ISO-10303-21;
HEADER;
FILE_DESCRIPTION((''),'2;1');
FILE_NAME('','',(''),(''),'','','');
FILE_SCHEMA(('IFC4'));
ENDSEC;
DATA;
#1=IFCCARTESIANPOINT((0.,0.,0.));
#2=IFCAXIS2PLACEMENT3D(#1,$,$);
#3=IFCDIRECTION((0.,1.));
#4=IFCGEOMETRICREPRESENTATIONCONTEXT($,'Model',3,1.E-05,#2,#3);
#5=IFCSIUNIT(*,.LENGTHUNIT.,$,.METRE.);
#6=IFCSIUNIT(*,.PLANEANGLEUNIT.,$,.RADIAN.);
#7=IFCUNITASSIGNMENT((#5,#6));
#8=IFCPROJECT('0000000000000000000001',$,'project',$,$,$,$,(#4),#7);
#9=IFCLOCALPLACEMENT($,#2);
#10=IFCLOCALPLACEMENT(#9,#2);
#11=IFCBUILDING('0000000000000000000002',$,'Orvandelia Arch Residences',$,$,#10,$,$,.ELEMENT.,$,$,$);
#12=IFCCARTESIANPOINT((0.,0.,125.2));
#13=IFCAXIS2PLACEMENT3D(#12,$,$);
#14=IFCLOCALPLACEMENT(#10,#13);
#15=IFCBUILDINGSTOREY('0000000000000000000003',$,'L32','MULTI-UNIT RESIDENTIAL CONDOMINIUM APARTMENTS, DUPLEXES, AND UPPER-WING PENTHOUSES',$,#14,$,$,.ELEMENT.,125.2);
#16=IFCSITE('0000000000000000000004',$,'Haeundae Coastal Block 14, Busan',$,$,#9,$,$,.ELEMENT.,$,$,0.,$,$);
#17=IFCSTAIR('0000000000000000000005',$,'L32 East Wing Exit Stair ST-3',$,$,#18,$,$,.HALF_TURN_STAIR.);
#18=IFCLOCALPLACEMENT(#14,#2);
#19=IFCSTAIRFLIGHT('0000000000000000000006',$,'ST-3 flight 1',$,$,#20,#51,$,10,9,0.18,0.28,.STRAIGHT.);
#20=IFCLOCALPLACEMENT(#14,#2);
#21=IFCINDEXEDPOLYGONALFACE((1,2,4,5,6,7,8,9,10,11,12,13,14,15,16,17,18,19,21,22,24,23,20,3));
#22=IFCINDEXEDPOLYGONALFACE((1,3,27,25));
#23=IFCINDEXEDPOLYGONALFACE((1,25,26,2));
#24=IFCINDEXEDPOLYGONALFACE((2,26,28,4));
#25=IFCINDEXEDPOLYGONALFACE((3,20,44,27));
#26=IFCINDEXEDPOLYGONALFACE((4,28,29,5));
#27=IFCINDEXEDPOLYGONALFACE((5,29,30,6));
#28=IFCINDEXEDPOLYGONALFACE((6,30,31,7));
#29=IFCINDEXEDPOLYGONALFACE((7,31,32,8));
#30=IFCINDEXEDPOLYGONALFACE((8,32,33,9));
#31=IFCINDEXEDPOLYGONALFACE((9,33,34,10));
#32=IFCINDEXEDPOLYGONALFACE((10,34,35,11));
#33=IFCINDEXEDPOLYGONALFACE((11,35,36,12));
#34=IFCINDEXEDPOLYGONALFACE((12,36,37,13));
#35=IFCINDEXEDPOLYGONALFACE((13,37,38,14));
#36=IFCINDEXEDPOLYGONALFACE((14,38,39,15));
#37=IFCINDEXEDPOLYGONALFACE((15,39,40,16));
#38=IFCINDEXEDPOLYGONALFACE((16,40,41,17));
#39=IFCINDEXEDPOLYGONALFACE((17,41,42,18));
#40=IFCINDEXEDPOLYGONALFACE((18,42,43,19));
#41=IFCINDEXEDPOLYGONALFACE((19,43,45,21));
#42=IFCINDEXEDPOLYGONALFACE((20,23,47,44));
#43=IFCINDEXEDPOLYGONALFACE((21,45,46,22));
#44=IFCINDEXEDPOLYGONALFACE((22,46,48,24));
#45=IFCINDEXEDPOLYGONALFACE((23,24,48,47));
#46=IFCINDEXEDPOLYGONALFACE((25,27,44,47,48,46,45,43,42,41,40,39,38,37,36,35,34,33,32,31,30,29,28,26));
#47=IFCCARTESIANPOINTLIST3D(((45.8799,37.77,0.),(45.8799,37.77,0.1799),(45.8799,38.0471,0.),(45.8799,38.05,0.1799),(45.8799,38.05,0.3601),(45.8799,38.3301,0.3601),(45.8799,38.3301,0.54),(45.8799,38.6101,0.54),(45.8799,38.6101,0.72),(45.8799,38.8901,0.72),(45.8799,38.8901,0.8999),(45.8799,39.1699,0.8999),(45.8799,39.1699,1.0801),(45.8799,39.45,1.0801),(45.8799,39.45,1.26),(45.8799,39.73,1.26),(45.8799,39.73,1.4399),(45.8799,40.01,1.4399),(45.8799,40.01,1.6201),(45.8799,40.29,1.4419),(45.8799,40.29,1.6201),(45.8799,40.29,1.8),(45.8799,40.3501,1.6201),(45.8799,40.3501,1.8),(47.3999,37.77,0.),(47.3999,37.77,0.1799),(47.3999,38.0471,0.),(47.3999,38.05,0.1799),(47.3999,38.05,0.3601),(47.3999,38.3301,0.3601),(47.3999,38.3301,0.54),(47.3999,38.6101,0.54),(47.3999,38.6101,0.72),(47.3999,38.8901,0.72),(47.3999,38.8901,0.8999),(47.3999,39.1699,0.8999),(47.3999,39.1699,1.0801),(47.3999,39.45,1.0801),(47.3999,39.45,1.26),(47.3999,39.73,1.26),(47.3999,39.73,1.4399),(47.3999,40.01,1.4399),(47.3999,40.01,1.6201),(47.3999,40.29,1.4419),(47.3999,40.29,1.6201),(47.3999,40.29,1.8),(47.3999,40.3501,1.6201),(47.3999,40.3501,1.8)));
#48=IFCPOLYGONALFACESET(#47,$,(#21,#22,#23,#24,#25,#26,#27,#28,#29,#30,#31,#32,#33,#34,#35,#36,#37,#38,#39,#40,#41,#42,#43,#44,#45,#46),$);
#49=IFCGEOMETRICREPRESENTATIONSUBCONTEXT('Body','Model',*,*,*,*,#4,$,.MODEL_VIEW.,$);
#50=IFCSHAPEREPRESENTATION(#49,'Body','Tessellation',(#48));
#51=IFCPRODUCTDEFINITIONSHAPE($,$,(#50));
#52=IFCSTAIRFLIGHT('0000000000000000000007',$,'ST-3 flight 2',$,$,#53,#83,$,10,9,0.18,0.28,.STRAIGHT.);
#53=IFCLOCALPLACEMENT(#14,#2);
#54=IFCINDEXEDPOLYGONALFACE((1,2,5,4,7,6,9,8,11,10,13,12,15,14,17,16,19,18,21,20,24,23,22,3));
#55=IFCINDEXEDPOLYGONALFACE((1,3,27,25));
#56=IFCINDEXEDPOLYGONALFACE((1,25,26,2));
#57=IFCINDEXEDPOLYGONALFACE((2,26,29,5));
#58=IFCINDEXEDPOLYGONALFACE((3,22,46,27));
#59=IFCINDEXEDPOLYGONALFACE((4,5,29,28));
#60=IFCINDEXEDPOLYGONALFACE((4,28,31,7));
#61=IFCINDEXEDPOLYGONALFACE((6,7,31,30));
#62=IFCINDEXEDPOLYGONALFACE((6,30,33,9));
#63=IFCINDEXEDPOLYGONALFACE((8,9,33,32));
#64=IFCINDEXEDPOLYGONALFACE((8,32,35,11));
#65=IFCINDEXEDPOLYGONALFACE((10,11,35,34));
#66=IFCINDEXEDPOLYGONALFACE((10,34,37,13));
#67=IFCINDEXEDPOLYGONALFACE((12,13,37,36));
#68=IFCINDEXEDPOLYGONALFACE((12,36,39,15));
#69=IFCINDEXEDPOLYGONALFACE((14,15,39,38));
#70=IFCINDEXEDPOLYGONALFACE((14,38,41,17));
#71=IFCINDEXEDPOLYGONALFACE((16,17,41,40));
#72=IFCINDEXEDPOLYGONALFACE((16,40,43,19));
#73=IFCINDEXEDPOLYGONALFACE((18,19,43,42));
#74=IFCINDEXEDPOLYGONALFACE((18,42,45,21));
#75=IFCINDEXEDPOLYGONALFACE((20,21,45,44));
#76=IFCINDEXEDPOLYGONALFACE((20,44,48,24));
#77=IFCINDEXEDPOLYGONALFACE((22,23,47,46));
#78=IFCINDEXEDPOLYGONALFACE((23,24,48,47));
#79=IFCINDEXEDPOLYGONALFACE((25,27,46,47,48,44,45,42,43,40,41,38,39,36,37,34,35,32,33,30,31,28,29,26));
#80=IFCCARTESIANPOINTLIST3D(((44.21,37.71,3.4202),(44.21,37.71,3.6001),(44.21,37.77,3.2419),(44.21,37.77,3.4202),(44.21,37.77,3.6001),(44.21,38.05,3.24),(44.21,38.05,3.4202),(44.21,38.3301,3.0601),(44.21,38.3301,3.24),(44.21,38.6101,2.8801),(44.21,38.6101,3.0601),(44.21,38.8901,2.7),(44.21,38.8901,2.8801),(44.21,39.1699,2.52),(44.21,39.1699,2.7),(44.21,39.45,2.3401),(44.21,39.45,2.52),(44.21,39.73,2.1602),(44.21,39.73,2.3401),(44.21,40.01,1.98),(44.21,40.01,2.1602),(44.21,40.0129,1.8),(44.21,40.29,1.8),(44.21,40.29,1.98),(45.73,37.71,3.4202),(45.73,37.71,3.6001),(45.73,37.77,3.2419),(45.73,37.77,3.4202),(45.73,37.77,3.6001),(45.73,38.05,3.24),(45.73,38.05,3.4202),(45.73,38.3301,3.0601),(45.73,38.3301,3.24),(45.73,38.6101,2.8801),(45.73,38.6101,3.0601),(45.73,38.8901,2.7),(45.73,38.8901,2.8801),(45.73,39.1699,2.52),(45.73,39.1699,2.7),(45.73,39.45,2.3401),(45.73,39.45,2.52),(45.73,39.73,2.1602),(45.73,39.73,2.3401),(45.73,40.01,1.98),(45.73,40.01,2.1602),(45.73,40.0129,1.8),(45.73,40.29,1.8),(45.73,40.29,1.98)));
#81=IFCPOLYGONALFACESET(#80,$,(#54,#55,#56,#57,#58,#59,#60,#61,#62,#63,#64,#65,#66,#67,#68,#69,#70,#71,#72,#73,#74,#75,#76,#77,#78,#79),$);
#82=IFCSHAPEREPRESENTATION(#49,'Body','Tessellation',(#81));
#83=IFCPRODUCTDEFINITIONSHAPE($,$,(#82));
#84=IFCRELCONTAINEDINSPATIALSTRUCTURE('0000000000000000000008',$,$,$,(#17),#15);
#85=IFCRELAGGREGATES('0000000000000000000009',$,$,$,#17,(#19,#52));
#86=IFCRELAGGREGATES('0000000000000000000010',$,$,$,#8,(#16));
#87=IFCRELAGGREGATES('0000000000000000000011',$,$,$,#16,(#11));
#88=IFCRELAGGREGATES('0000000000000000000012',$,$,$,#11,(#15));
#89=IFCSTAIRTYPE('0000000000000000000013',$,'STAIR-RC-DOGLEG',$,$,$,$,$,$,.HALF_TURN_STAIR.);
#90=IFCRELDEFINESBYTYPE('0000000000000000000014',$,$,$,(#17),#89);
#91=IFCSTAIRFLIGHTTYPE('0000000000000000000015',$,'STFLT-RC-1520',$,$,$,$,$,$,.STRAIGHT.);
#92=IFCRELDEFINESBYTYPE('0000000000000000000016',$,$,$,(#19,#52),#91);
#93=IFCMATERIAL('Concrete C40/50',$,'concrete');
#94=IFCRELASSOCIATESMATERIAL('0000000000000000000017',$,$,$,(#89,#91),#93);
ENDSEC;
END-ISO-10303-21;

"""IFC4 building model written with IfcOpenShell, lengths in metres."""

from ifc_helpers import new_model, si_unit, direction, frame, origin, place, context, subcontext, project, spatial, polyline, outline, extrude, material, type_object, element, aggregate, save


model = new_model("IFC4")

# Units and contexts
model_context = context("Model", 3, precision=1e-05, world=origin(), true_north=direction((0.0, 1.0)))
body_context = subcontext(model_context, "Body", "Model", "MODEL_VIEW")
ifc_project = project(units=[si_unit("LENGTHUNIT", "METRE"), si_unit("PLANEANGLEUNIT", "RADIAN")], contexts=[model_context])

# Site, building, storey
site_placement = place(None, origin())
site = spatial("IfcSite", under=ifc_project, at=site_placement, Name="Haeundae Coastal Block 14, Busan", CompositionType="ELEMENT", RefElevation=0.0)
building_placement = place(site_placement, origin())
building = spatial("IfcBuilding", under=site, at=building_placement, Name="Orvandelia Arch Residences", CompositionType="ELEMENT")
storey_placement = place(building_placement, frame((0.0, 0.0, 125.2)))
storey = spatial("IfcBuildingStorey", under=building, at=storey_placement, Name="L32", Description="MULTI-UNIT RESIDENTIAL CONDOMINIUM APARTMENTS, DUPLEXES, AND UPPER-WING PENTHOUSES", CompositionType="ELEMENT", Elevation=125.2)

# Stair, stair flights
ifc_material_1 = material(Name="Concrete C40/50", Category="concrete")
stair_type = type_object("IfcStairType", Name="STAIR-RC-DOGLEG", PredefinedType="HALF_TURN_STAIR", material=ifc_material_1)
stair_placement = place(storey_placement, origin())
stair = element("IfcStair", 1, at=stair_placement, inside=storey, type_object=stair_type, Name="L32 East Wing Exit Stair ST-3", PredefinedType="HALF_TURN_STAIR")
stair_flight_type = type_object("IfcStairFlightType", Name="STFLT-RC-1520", PredefinedType="STRAIGHT", material=ifc_material_1)
stair_flight_1_placement = place(storey_placement, frame((46.6399, 37.77, 0.0), z_axis=(0.0, 0.0, 1.0), x_axis=(0.0, 1.0, 0.0)))
stair_flight_1 = element("IfcStairFlight", 2, at=stair_flight_1_placement, type_object=stair_flight_type, Name="ST-3 flight 1", NumberOfRisers=10, NumberOfTreads=9, PredefinedType="STRAIGHT", RiserHeight=0.18, TreadLength=0.28, context=body_context, shape_type="SweptSolid", body=[
    extrude(outline(polyline([(0.0, 0.0), (0.0, 0.1799), (0.28, 0.1799), (0.28, 0.3601), (0.5601, 0.3601), (0.5601, 0.54), (0.8401, 0.54), (0.8401, 0.72), (1.1201, 0.72), (1.1201, 0.8999), (1.3999, 0.8999), (1.3999, 1.0801), (1.6799, 1.0801), (1.6799, 1.26), (1.96, 1.26), (1.96, 1.4399), (2.24, 1.4399), (2.24, 1.6201), (2.52, 1.6201), (2.52, 1.8), (2.5801, 1.8), (2.5801, 1.6201), (2.52, 1.4419), (0.2771, 0.0), (0.0, 0.0)])), frame((0.0, 0.76, 0.0), z_axis=(0.0, -1.0, 0.0), x_axis=(1.0, 0.0, 0.0)), (0.0, 0.0, 1.0), 1.52),
])
stair_flight_2_placement = place(storey_placement, frame((44.97, 40.29, 1.8), z_axis=(0.0, 0.0, 1.0), x_axis=(0.0, -1.0, 0.0)))
stair_flight_2 = element("IfcStairFlight", 3, at=stair_flight_2_placement, type_object=stair_flight_type, Name="ST-3 flight 2", NumberOfRisers=10, NumberOfTreads=9, PredefinedType="STRAIGHT", RiserHeight=0.18, TreadLength=0.28, context=body_context, shape_type="SweptSolid", body=[
    extrude(outline(polyline([(0.0, 0.0), (0.0, 0.1799), (0.28, 0.1799), (0.28, 0.3601), (0.5601, 0.3601), (0.5601, 0.54), (0.8401, 0.54), (0.8401, 0.72), (1.1201, 0.72), (1.1201, 0.8999), (1.3999, 0.8999), (1.3999, 1.0801), (1.6799, 1.0801), (1.6799, 1.26), (1.96, 1.26), (1.96, 1.4399), (2.24, 1.4399), (2.24, 1.6201), (2.52, 1.6201), (2.52, 1.8), (2.5801, 1.8), (2.5801, 1.6201), (2.52, 1.4419), (0.2771, 0.0), (0.0, 0.0)])), frame((0.0, 0.76, 0.0), z_axis=(0.0, -1.0, 0.0), x_axis=(1.0, 0.0, 0.0)), (0.0, 0.0, 1.0), 1.52),
])
aggregate(stair, [stair_flight_1, stair_flight_2])

save(model, "model.ifc")
